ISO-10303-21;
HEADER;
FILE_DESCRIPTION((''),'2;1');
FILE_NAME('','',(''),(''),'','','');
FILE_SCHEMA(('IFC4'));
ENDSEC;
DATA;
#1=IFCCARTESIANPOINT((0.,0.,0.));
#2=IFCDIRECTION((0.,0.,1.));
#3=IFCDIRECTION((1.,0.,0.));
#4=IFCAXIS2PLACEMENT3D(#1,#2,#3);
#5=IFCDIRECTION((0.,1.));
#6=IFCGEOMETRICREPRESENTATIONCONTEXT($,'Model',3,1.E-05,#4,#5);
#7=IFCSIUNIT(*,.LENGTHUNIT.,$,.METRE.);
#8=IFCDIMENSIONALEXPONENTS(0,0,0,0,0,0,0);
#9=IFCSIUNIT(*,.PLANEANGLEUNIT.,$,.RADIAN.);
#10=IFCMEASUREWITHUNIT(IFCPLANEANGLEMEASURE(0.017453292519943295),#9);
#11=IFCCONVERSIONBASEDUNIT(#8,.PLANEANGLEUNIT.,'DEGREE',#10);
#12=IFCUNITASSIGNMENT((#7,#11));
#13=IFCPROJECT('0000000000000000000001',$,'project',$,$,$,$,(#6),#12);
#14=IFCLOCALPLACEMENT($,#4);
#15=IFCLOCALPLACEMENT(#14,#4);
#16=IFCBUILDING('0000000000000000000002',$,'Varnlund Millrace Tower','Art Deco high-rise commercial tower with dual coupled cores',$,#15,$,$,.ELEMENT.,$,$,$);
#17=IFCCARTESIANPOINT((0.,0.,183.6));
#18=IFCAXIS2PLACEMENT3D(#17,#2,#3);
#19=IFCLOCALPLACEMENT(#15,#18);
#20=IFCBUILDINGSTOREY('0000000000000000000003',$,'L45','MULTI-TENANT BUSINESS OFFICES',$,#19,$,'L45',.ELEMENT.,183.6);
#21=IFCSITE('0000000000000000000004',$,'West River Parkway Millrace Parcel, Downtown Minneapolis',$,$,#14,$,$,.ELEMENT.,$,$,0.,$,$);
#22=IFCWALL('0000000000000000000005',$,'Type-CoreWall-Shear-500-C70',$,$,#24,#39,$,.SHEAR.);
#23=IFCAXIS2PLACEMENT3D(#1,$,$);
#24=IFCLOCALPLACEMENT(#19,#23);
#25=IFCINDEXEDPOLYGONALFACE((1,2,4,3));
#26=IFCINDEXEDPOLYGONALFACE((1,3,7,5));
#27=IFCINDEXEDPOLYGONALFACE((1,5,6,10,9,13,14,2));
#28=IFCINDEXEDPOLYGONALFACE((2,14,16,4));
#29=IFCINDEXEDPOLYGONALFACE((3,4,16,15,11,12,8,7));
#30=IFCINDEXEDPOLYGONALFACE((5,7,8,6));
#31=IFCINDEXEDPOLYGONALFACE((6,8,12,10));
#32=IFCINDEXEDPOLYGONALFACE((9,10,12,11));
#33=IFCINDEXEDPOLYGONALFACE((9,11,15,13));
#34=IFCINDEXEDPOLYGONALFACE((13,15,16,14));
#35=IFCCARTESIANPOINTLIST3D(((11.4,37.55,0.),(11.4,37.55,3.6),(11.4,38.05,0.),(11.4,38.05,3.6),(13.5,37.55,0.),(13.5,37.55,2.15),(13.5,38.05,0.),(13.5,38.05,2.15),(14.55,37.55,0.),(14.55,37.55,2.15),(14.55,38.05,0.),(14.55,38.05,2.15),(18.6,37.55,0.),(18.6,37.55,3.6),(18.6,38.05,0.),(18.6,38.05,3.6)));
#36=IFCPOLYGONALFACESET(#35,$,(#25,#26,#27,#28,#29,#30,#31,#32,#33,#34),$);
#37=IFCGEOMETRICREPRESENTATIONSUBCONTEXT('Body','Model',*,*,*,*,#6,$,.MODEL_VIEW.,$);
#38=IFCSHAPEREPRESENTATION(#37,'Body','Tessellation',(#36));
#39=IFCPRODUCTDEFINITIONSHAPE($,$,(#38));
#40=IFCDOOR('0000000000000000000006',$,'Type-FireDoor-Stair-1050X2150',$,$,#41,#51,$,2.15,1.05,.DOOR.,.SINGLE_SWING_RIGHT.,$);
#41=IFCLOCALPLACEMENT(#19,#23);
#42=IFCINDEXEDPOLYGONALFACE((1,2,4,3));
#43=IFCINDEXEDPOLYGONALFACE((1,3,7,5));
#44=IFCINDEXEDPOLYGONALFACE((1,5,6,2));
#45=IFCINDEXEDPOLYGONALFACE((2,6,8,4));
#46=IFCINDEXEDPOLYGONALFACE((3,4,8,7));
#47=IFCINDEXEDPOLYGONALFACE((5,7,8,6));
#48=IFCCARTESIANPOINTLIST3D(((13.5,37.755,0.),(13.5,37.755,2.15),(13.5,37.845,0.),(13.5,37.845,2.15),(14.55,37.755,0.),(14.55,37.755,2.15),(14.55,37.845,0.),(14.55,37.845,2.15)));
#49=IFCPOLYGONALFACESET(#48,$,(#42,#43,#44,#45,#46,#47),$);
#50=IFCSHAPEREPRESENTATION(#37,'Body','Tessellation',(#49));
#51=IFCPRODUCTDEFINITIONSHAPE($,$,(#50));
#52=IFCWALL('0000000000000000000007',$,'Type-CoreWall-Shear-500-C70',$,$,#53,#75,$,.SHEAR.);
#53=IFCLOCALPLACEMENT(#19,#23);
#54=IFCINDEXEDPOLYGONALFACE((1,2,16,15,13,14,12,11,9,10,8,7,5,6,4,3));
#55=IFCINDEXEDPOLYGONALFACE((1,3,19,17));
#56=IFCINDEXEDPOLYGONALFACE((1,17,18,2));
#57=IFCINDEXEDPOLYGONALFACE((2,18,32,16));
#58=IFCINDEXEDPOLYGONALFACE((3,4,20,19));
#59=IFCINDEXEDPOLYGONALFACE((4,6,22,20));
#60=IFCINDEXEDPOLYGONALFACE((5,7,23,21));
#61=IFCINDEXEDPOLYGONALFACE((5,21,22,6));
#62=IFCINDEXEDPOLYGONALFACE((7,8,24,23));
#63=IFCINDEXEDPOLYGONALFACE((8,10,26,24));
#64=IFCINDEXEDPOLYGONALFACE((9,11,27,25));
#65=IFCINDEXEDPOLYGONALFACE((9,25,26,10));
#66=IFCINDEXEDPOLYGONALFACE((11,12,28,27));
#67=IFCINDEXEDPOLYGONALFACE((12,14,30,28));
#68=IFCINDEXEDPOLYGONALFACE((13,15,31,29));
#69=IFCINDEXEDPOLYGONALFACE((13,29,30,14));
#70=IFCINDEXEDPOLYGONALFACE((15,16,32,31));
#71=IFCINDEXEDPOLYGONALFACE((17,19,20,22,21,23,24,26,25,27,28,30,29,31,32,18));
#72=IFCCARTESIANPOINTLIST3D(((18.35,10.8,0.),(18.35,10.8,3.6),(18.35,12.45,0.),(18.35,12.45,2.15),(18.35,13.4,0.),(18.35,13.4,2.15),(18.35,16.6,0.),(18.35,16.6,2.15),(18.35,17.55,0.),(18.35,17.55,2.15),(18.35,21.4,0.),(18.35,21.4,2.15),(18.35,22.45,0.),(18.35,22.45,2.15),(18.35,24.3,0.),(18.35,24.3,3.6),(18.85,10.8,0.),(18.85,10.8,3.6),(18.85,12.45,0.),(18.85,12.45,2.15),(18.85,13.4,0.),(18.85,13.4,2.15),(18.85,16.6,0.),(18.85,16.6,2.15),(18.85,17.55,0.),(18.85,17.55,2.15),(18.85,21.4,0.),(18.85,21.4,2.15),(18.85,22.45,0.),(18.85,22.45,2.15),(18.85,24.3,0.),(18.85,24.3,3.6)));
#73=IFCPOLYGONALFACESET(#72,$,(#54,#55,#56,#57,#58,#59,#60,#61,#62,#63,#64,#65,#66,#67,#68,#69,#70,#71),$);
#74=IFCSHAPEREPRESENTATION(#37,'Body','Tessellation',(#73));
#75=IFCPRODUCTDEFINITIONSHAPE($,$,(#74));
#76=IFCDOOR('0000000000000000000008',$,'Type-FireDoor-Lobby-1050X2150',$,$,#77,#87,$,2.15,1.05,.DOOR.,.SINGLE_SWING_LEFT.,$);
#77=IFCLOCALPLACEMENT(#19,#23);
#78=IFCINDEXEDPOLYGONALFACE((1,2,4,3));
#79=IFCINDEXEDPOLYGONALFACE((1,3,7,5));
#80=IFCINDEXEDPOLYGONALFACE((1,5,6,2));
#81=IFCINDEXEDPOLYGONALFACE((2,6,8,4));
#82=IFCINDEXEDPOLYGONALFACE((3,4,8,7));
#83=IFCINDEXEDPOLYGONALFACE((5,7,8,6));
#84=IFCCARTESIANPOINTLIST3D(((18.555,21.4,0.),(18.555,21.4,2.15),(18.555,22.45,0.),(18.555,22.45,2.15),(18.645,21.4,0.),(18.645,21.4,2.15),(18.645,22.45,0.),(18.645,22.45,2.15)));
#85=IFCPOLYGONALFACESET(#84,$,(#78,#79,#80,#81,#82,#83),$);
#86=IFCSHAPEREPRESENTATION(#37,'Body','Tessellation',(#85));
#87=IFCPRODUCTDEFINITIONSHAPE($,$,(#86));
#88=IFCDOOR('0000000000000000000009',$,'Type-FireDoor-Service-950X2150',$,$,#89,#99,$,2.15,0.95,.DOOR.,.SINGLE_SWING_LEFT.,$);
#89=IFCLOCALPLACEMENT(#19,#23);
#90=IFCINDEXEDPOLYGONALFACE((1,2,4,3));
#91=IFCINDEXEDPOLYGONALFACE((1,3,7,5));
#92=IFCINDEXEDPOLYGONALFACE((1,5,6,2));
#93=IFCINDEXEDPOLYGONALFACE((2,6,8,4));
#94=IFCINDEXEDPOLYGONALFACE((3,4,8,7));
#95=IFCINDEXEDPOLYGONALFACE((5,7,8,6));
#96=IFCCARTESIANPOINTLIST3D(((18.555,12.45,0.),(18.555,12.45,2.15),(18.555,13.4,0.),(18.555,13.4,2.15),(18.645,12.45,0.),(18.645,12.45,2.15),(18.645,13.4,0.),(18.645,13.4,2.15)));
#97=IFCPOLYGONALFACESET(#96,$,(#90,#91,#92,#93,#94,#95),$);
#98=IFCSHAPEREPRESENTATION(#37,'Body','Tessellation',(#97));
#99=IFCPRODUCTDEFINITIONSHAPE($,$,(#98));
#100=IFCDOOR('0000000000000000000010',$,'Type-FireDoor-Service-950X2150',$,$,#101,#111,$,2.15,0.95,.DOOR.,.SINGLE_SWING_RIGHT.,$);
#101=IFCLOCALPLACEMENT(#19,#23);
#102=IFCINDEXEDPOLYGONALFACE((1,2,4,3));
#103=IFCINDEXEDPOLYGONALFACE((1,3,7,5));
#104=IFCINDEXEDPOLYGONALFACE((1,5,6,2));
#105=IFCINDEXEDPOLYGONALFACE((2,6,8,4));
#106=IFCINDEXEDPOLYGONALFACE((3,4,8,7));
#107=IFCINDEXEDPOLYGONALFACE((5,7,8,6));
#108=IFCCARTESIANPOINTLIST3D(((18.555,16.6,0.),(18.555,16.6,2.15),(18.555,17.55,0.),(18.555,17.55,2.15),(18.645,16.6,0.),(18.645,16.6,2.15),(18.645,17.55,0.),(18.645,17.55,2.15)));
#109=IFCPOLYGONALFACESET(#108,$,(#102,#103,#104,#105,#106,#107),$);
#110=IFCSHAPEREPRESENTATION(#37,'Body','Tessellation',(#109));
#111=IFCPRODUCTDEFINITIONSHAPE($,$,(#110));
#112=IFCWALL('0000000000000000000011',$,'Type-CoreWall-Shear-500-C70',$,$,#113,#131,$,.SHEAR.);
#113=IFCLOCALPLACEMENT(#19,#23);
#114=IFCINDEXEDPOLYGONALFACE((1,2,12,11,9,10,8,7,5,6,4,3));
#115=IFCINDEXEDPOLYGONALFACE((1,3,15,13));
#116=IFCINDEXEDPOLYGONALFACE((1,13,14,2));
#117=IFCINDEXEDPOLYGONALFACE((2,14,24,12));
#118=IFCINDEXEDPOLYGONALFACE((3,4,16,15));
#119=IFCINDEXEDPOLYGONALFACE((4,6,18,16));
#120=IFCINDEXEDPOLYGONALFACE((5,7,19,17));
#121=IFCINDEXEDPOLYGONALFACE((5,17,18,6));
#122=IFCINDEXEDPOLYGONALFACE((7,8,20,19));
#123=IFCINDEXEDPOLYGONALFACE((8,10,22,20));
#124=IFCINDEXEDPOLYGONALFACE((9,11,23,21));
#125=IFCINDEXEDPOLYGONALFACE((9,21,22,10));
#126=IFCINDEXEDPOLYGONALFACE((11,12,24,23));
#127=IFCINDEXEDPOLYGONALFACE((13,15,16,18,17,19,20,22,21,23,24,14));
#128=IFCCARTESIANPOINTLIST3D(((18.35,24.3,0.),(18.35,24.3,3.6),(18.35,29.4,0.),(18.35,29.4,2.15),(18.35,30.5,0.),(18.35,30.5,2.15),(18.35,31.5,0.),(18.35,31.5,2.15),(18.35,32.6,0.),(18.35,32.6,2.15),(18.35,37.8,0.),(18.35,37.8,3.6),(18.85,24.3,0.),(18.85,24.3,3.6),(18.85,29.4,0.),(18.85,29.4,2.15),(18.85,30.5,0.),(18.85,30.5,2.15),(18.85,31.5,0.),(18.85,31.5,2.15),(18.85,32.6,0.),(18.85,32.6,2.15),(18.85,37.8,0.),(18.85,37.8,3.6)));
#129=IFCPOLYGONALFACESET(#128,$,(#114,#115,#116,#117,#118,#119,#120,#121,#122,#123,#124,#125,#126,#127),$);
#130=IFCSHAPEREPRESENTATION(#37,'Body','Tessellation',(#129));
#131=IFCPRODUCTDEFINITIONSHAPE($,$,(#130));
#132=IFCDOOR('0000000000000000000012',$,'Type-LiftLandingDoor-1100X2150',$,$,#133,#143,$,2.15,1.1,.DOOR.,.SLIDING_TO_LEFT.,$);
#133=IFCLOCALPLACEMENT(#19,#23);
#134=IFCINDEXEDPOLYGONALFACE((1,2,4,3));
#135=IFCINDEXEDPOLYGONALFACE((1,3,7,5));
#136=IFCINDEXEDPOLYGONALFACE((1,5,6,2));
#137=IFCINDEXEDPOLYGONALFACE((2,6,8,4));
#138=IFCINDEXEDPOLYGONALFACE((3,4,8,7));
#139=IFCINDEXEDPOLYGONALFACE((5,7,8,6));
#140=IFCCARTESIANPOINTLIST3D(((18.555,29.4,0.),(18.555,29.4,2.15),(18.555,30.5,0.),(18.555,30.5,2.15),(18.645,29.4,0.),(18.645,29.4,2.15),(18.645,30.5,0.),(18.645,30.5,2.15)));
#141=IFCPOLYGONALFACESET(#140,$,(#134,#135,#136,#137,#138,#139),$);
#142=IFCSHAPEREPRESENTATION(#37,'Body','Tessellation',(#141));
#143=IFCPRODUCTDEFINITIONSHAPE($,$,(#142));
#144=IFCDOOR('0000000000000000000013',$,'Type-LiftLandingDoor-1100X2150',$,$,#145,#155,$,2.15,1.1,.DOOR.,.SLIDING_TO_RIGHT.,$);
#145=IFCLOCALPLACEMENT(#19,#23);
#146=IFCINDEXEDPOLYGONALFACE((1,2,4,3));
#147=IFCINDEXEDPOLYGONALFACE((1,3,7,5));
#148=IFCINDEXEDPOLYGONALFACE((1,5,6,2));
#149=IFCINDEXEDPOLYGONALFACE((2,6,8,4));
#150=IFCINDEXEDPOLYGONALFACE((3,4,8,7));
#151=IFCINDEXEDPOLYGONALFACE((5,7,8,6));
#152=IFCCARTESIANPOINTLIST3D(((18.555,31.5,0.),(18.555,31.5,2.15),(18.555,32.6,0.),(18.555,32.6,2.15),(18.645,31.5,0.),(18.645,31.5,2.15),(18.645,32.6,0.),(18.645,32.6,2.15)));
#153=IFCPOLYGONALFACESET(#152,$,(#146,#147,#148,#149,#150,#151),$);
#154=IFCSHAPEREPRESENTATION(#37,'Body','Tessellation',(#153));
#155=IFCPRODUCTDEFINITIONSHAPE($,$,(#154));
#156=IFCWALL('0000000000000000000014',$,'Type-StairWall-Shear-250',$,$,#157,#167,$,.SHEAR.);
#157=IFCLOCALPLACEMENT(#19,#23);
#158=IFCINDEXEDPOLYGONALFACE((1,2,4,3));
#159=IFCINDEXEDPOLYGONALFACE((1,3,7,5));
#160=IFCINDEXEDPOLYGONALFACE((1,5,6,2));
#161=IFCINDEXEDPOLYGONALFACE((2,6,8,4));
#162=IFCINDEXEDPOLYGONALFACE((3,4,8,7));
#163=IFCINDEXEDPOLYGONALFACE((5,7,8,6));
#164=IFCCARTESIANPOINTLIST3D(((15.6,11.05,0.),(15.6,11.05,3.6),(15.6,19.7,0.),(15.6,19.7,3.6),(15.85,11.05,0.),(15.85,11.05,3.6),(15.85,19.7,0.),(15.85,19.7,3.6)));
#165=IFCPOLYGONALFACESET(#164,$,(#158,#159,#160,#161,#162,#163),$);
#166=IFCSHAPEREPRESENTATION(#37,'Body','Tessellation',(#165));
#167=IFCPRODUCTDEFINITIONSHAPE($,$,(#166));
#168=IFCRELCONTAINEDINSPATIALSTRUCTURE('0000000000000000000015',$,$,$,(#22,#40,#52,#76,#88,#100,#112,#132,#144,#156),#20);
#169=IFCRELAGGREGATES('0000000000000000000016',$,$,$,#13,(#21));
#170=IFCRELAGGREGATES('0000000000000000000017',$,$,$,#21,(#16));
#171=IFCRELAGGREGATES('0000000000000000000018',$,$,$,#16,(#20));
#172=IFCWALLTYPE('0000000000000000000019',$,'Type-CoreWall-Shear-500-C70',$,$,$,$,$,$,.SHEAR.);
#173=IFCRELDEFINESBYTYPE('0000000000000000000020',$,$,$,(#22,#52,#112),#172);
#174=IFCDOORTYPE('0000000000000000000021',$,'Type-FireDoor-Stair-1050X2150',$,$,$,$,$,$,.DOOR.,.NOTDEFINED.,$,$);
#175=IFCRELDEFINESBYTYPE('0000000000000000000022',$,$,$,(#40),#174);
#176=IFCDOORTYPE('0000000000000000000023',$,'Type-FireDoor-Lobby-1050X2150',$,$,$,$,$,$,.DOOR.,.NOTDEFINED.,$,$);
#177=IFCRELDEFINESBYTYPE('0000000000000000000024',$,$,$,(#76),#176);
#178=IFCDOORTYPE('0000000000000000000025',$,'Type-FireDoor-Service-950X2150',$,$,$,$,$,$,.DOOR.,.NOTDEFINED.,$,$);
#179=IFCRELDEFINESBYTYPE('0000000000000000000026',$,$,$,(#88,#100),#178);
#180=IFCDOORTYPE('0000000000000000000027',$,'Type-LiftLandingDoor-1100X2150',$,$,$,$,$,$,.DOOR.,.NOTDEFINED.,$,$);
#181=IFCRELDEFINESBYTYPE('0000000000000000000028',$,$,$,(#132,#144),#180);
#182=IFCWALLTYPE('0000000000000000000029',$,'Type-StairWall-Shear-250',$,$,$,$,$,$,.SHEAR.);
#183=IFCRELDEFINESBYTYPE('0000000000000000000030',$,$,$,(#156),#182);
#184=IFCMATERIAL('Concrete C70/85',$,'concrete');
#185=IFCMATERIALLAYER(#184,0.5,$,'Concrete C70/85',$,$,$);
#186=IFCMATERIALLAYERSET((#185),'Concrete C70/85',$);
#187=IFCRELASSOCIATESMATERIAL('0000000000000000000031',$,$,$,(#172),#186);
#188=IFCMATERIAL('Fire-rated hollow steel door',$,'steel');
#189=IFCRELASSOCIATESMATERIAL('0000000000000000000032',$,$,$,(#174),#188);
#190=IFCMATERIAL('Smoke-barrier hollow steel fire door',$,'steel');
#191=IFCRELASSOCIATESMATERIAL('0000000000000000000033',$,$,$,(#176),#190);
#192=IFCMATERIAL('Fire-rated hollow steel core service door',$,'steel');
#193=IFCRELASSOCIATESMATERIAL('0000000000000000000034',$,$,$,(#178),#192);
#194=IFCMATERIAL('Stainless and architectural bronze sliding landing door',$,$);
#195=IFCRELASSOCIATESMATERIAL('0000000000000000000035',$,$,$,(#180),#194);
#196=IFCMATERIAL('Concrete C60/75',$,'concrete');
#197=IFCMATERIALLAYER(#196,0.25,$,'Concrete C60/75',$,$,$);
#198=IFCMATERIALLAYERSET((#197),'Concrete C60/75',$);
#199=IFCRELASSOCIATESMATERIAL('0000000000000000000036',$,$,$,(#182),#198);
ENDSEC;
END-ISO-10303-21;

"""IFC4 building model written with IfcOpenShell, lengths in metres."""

from ifc_helpers import new_model, entity, si_unit, converted_unit, direction, frame, origin_with_axes, origin_2d_with_axis, place, context, subcontext, project, spatial, polyline, rectangle, outline, extrude, material, layer, layer_set, type_object, element, fill, save


model = new_model("IFC4")

# Units and contexts
model_context = context("Model", 3, precision=1e-05, world=origin_with_axes(), true_north=direction((0.0, 1.0)))
body_context = subcontext(model_context, "Body", "Model", "MODEL_VIEW")
ifc_project = project(units=[si_unit("LENGTHUNIT", "METRE"), converted_unit("PLANEANGLEUNIT", "DEGREE", entity("IfcPlaneAngleMeasure", 0.017453292519943295), si_unit("PLANEANGLEUNIT", "RADIAN"), dimensions=[0, 0, 0, 0, 0, 0, 0])], contexts=[model_context])

# Site, building, storey
site_placement = place(None, origin_with_axes())
site = spatial("IfcSite", under=ifc_project, at=site_placement, Name="West River Parkway Millrace Parcel, Downtown Minneapolis", CompositionType="ELEMENT", RefElevation=0.0)
building_placement = place(site_placement, origin_with_axes())
building = spatial("IfcBuilding", under=site, at=building_placement, Name="Varnlund Millrace Tower", Description="Art Deco high-rise commercial tower with dual coupled cores", CompositionType="ELEMENT")
storey_placement = place(building_placement, frame((0.0, 0.0, 183.6), z_axis=(0.0, 0.0, 1.0), x_axis=(1.0, 0.0, 0.0)))
storey = spatial("IfcBuildingStorey", under=building, at=storey_placement, Name="L45", Description="MULTI-TENANT BUSINESS OFFICES", LongName="L45", CompositionType="ELEMENT", Elevation=183.6)

# Shared definitions
ifc_material_1 = material(Name="Concrete C60/75", Category="concrete")

# Shared definitions
ifc_material_2 = material(Name="Concrete C70/85", Category="concrete")
ifc_layer_1 = layer(ifc_material_2, 0.5, Name="Concrete C70/85")
ifc_layer_set_1 = layer_set([ifc_layer_1], Name="Concrete C70/85")
wall_type_1 = type_object("IfcWallType", Name="Type-CoreWall-Shear-500-C70", PredefinedType="SHEAR", material=ifc_layer_set_1)

# Wall, opening, door
ifc_material_3 = material(Name="Fire-rated hollow steel door", Category="steel")
door_type_1 = type_object("IfcDoorType", Name="Type-FireDoor-Stair-1050X2150", OperationType="NOTDEFINED", PredefinedType="DOOR", material=ifc_material_3)
wall_1_placement = place(storey_placement, frame((11.4, 37.8, 0.0), z_axis=(0.0, 0.0, 1.0), x_axis=(1.0, 0.0, 0.0)))
wall_1 = element("IfcWall", 1, at=wall_1_placement, inside=storey, type_object=wall_type_1, Name="Type-CoreWall-Shear-500-C70", PredefinedType="SHEAR", context=body_context, shape_type="SweptSolid", body=[
    extrude(outline(polyline([(0.0, -0.25), (7.2, -0.25), (7.2, 0.25), (0.0, 0.25), (0.0, -0.25)])), origin_with_axes(), (0.0, 0.0, 1.0), 3.6),
])
opening_1_placement = place(wall_1_placement, frame((2.625, 0.0, 0.0), z_axis=(0.0, 0.0, 1.0), x_axis=(1.0, 0.0, 0.0)))
opening_1 = element("IfcOpeningElement", 2, at=opening_1_placement, cuts=wall_1, PredefinedType="OPENING", context=body_context, shape_type="SweptSolid", body=[
    extrude(rectangle(XDim=1.05, YDim=0.52, at=origin_2d_with_axis()), origin_with_axes(), (0.0, 0.0, 1.0), 2.15),
])
door_1_placement = place(wall_1_placement, frame((2.625, 0.0, 0.0), z_axis=(0.0, 0.0, 1.0), x_axis=(1.0, 0.0, 0.0)))
door_1 = element("IfcDoor", 3, at=door_1_placement, inside=storey, type_object=door_type_1, Name="Type-FireDoor-Stair-1050X2150", OperationType="SINGLE_SWING_RIGHT", OverallHeight=2.15, OverallWidth=1.05, PredefinedType="DOOR", context=body_context, shape_type="SweptSolid", body=[
    extrude(rectangle(XDim=1.05, YDim=0.09, at=origin_2d_with_axis()), origin_with_axes(), (0.0, 0.0, 1.0), 2.15),
])
fill(opening_1, door_1)

# Walls, openings, doors
wall_2_placement = place(storey_placement, frame((18.6, 10.8, 0.0), z_axis=(0.0, 0.0, 1.0), x_axis=(0.0, 1.0, 0.0)))
wall_2 = element("IfcWall", 4, at=wall_2_placement, inside=storey, type_object=wall_type_1, Name="Type-CoreWall-Shear-500-C70", PredefinedType="SHEAR", context=body_context, shape_type="SweptSolid", body=[
    extrude(outline(polyline([(0.0, -0.25), (13.5, -0.25), (13.5, 0.25), (0.0, 0.25), (0.0, -0.25)])), origin_with_axes(), (0.0, 0.0, 1.0), 3.6),
])
opening_2_placement = place(wall_2_placement, frame((11.125, 0.0, 0.0), z_axis=(0.0, 0.0, 1.0), x_axis=(1.0, 0.0, 0.0)))
opening_2 = element("IfcOpeningElement", 5, at=opening_2_placement, cuts=wall_2, PredefinedType="OPENING", context=body_context, shape_type="SweptSolid", body=[
    extrude(rectangle(XDim=1.05, YDim=0.52, at=origin_2d_with_axis()), origin_with_axes(), (0.0, 0.0, 1.0), 2.15),
])
opening_3_placement = place(wall_2_placement, frame((2.125, 0.0, 0.0), z_axis=(0.0, 0.0, 1.0), x_axis=(1.0, 0.0, 0.0)))
opening_3 = element("IfcOpeningElement", 6, at=opening_3_placement, cuts=wall_2, PredefinedType="OPENING", context=body_context, shape_type="SweptSolid", body=[
    extrude(rectangle(XDim=0.95, YDim=0.52, at=origin_2d_with_axis()), origin_with_axes(), (0.0, 0.0, 1.0), 2.15),
])
opening_4_placement = place(wall_2_placement, frame((6.275, 0.0, 0.0), z_axis=(0.0, 0.0, 1.0), x_axis=(1.0, 0.0, 0.0)))
opening_4 = element("IfcOpeningElement", 7, at=opening_4_placement, cuts=wall_2, PredefinedType="OPENING", context=body_context, shape_type="SweptSolid", body=[
    extrude(rectangle(XDim=0.95, YDim=0.52, at=origin_2d_with_axis()), origin_with_axes(), (0.0, 0.0, 1.0), 2.15),
])
ifc_material_4 = material(Name="Smoke-barrier hollow steel fire door", Category="steel")
door_type_2 = type_object("IfcDoorType", Name="Type-FireDoor-Lobby-1050X2150", OperationType="NOTDEFINED", PredefinedType="DOOR", material=ifc_material_4)
door_2_placement = place(wall_2_placement, frame((11.125, 0.0, 0.0), z_axis=(0.0, 0.0, 1.0), x_axis=(1.0, 0.0, 0.0)))
door_2 = element("IfcDoor", 8, at=door_2_placement, inside=storey, type_object=door_type_2, Name="Type-FireDoor-Lobby-1050X2150", OperationType="SINGLE_SWING_LEFT", OverallHeight=2.15, OverallWidth=1.05, PredefinedType="DOOR", context=body_context, shape_type="SweptSolid", body=[
    extrude(rectangle(XDim=1.05, YDim=0.09, at=origin_2d_with_axis()), origin_with_axes(), (0.0, 0.0, 1.0), 2.15),
])
fill(opening_2, door_2)
ifc_material_5 = material(Name="Fire-rated hollow steel core service door", Category="steel")
door_type_3 = type_object("IfcDoorType", Name="Type-FireDoor-Service-950X2150", OperationType="NOTDEFINED", PredefinedType="DOOR", material=ifc_material_5)
door_3_placement = place(wall_2_placement, frame((2.125, 0.0, 0.0), z_axis=(0.0, 0.0, 1.0), x_axis=(1.0, 0.0, 0.0)))
door_3 = element("IfcDoor", 9, at=door_3_placement, inside=storey, type_object=door_type_3, Name="Type-FireDoor-Service-950X2150", OperationType="SINGLE_SWING_LEFT", OverallHeight=2.15, OverallWidth=0.95, PredefinedType="DOOR", context=body_context, shape_type="SweptSolid", body=[
    extrude(rectangle(XDim=0.95, YDim=0.09, at=origin_2d_with_axis()), origin_with_axes(), (0.0, 0.0, 1.0), 2.15),
])
fill(opening_3, door_3)
door_4_placement = place(wall_2_placement, frame((6.275, 0.0, 0.0), z_axis=(0.0, 0.0, 1.0), x_axis=(1.0, 0.0, 0.0)))
door_4 = element("IfcDoor", 10, at=door_4_placement, inside=storey, type_object=door_type_3, Name="Type-FireDoor-Service-950X2150", OperationType="SINGLE_SWING_RIGHT", OverallHeight=2.15, OverallWidth=0.95, PredefinedType="DOOR", context=body_context, shape_type="SweptSolid", body=[
    extrude(rectangle(XDim=0.95, YDim=0.09, at=origin_2d_with_axis()), origin_with_axes(), (0.0, 0.0, 1.0), 2.15),
])
fill(opening_4, door_4)
wall_3_placement = place(storey_placement, frame((18.6, 24.3, 0.0), z_axis=(0.0, 0.0, 1.0), x_axis=(0.0, 1.0, 0.0)))
wall_3 = element("IfcWall", 11, at=wall_3_placement, inside=storey, type_object=wall_type_1, Name="Type-CoreWall-Shear-500-C70", PredefinedType="SHEAR", context=body_context, shape_type="SweptSolid", body=[
    extrude(outline(polyline([(0.0, -0.25), (13.5, -0.25), (13.5, 0.25), (0.0, 0.25), (0.0, -0.25)])), origin_with_axes(), (0.0, 0.0, 1.0), 3.6),
])
opening_5_placement = place(wall_3_placement, frame((5.65, 0.0, 0.0), z_axis=(0.0, 0.0, 1.0), x_axis=(1.0, 0.0, 0.0)))
opening_5 = element("IfcOpeningElement", 12, at=opening_5_placement, cuts=wall_3, PredefinedType="OPENING", context=body_context, shape_type="SweptSolid", body=[
    extrude(rectangle(XDim=1.1, YDim=0.52, at=origin_2d_with_axis()), origin_with_axes(), (0.0, 0.0, 1.0), 2.15),
])
opening_6_placement = place(wall_3_placement, frame((7.75, 0.0, 0.0), z_axis=(0.0, 0.0, 1.0), x_axis=(1.0, 0.0, 0.0)))
opening_6 = element("IfcOpeningElement", 13, at=opening_6_placement, cuts=wall_3, PredefinedType="OPENING", context=body_context, shape_type="SweptSolid", body=[
    extrude(rectangle(XDim=1.1, YDim=0.52, at=origin_2d_with_axis()), origin_with_axes(), (0.0, 0.0, 1.0), 2.15),
])
ifc_material_6 = material(Name="Stainless and architectural bronze sliding landing door")
door_type_4 = type_object("IfcDoorType", Name="Type-LiftLandingDoor-1100X2150", OperationType="NOTDEFINED", PredefinedType="DOOR", material=ifc_material_6)
door_5_placement = place(wall_3_placement, frame((5.65, 0.0, 0.0), z_axis=(0.0, 0.0, 1.0), x_axis=(1.0, 0.0, 0.0)))
door_5 = element("IfcDoor", 14, at=door_5_placement, inside=storey, type_object=door_type_4, Name="Type-LiftLandingDoor-1100X2150", OperationType="SLIDING_TO_LEFT", OverallHeight=2.15, OverallWidth=1.1, PredefinedType="DOOR", context=body_context, shape_type="SweptSolid", body=[
    extrude(rectangle(XDim=1.1, YDim=0.09, at=origin_2d_with_axis()), origin_with_axes(), (0.0, 0.0, 1.0), 2.15),
])
fill(opening_5, door_5)
door_6_placement = place(wall_3_placement, frame((7.75, 0.0, 0.0), z_axis=(0.0, 0.0, 1.0), x_axis=(1.0, 0.0, 0.0)))
door_6 = element("IfcDoor", 15, at=door_6_placement, inside=storey, type_object=door_type_4, Name="Type-LiftLandingDoor-1100X2150", OperationType="SLIDING_TO_RIGHT", OverallHeight=2.15, OverallWidth=1.1, PredefinedType="DOOR", context=body_context, shape_type="SweptSolid", body=[
    extrude(rectangle(XDim=1.1, YDim=0.09, at=origin_2d_with_axis()), origin_with_axes(), (0.0, 0.0, 1.0), 2.15),
])
fill(opening_6, door_6)

# Wall
ifc_layer_2 = layer(ifc_material_1, 0.25, Name="Concrete C60/75")
ifc_layer_set_2 = layer_set([ifc_layer_2], Name="Concrete C60/75")
wall_type_2 = type_object("IfcWallType", Name="Type-StairWall-Shear-250", PredefinedType="SHEAR", material=ifc_layer_set_2)
wall_4_placement = place(storey_placement, frame((15.725, 11.05, 0.0), z_axis=(0.0, 0.0, 1.0), x_axis=(0.0, 1.0, 0.0)))
element("IfcWall", 16, at=wall_4_placement, inside=storey, type_object=wall_type_2, Name="Type-StairWall-Shear-250", PredefinedType="SHEAR", context=body_context, shape_type="SweptSolid", body=[
    extrude(outline(polyline([(0.0, -0.125), (8.65, -0.125), (8.65, 0.125), (0.0, 0.125), (0.0, -0.125)])), origin_with_axes(), (0.0, 0.0, 1.0), 3.6),
])

save(model, "model.ifc")
